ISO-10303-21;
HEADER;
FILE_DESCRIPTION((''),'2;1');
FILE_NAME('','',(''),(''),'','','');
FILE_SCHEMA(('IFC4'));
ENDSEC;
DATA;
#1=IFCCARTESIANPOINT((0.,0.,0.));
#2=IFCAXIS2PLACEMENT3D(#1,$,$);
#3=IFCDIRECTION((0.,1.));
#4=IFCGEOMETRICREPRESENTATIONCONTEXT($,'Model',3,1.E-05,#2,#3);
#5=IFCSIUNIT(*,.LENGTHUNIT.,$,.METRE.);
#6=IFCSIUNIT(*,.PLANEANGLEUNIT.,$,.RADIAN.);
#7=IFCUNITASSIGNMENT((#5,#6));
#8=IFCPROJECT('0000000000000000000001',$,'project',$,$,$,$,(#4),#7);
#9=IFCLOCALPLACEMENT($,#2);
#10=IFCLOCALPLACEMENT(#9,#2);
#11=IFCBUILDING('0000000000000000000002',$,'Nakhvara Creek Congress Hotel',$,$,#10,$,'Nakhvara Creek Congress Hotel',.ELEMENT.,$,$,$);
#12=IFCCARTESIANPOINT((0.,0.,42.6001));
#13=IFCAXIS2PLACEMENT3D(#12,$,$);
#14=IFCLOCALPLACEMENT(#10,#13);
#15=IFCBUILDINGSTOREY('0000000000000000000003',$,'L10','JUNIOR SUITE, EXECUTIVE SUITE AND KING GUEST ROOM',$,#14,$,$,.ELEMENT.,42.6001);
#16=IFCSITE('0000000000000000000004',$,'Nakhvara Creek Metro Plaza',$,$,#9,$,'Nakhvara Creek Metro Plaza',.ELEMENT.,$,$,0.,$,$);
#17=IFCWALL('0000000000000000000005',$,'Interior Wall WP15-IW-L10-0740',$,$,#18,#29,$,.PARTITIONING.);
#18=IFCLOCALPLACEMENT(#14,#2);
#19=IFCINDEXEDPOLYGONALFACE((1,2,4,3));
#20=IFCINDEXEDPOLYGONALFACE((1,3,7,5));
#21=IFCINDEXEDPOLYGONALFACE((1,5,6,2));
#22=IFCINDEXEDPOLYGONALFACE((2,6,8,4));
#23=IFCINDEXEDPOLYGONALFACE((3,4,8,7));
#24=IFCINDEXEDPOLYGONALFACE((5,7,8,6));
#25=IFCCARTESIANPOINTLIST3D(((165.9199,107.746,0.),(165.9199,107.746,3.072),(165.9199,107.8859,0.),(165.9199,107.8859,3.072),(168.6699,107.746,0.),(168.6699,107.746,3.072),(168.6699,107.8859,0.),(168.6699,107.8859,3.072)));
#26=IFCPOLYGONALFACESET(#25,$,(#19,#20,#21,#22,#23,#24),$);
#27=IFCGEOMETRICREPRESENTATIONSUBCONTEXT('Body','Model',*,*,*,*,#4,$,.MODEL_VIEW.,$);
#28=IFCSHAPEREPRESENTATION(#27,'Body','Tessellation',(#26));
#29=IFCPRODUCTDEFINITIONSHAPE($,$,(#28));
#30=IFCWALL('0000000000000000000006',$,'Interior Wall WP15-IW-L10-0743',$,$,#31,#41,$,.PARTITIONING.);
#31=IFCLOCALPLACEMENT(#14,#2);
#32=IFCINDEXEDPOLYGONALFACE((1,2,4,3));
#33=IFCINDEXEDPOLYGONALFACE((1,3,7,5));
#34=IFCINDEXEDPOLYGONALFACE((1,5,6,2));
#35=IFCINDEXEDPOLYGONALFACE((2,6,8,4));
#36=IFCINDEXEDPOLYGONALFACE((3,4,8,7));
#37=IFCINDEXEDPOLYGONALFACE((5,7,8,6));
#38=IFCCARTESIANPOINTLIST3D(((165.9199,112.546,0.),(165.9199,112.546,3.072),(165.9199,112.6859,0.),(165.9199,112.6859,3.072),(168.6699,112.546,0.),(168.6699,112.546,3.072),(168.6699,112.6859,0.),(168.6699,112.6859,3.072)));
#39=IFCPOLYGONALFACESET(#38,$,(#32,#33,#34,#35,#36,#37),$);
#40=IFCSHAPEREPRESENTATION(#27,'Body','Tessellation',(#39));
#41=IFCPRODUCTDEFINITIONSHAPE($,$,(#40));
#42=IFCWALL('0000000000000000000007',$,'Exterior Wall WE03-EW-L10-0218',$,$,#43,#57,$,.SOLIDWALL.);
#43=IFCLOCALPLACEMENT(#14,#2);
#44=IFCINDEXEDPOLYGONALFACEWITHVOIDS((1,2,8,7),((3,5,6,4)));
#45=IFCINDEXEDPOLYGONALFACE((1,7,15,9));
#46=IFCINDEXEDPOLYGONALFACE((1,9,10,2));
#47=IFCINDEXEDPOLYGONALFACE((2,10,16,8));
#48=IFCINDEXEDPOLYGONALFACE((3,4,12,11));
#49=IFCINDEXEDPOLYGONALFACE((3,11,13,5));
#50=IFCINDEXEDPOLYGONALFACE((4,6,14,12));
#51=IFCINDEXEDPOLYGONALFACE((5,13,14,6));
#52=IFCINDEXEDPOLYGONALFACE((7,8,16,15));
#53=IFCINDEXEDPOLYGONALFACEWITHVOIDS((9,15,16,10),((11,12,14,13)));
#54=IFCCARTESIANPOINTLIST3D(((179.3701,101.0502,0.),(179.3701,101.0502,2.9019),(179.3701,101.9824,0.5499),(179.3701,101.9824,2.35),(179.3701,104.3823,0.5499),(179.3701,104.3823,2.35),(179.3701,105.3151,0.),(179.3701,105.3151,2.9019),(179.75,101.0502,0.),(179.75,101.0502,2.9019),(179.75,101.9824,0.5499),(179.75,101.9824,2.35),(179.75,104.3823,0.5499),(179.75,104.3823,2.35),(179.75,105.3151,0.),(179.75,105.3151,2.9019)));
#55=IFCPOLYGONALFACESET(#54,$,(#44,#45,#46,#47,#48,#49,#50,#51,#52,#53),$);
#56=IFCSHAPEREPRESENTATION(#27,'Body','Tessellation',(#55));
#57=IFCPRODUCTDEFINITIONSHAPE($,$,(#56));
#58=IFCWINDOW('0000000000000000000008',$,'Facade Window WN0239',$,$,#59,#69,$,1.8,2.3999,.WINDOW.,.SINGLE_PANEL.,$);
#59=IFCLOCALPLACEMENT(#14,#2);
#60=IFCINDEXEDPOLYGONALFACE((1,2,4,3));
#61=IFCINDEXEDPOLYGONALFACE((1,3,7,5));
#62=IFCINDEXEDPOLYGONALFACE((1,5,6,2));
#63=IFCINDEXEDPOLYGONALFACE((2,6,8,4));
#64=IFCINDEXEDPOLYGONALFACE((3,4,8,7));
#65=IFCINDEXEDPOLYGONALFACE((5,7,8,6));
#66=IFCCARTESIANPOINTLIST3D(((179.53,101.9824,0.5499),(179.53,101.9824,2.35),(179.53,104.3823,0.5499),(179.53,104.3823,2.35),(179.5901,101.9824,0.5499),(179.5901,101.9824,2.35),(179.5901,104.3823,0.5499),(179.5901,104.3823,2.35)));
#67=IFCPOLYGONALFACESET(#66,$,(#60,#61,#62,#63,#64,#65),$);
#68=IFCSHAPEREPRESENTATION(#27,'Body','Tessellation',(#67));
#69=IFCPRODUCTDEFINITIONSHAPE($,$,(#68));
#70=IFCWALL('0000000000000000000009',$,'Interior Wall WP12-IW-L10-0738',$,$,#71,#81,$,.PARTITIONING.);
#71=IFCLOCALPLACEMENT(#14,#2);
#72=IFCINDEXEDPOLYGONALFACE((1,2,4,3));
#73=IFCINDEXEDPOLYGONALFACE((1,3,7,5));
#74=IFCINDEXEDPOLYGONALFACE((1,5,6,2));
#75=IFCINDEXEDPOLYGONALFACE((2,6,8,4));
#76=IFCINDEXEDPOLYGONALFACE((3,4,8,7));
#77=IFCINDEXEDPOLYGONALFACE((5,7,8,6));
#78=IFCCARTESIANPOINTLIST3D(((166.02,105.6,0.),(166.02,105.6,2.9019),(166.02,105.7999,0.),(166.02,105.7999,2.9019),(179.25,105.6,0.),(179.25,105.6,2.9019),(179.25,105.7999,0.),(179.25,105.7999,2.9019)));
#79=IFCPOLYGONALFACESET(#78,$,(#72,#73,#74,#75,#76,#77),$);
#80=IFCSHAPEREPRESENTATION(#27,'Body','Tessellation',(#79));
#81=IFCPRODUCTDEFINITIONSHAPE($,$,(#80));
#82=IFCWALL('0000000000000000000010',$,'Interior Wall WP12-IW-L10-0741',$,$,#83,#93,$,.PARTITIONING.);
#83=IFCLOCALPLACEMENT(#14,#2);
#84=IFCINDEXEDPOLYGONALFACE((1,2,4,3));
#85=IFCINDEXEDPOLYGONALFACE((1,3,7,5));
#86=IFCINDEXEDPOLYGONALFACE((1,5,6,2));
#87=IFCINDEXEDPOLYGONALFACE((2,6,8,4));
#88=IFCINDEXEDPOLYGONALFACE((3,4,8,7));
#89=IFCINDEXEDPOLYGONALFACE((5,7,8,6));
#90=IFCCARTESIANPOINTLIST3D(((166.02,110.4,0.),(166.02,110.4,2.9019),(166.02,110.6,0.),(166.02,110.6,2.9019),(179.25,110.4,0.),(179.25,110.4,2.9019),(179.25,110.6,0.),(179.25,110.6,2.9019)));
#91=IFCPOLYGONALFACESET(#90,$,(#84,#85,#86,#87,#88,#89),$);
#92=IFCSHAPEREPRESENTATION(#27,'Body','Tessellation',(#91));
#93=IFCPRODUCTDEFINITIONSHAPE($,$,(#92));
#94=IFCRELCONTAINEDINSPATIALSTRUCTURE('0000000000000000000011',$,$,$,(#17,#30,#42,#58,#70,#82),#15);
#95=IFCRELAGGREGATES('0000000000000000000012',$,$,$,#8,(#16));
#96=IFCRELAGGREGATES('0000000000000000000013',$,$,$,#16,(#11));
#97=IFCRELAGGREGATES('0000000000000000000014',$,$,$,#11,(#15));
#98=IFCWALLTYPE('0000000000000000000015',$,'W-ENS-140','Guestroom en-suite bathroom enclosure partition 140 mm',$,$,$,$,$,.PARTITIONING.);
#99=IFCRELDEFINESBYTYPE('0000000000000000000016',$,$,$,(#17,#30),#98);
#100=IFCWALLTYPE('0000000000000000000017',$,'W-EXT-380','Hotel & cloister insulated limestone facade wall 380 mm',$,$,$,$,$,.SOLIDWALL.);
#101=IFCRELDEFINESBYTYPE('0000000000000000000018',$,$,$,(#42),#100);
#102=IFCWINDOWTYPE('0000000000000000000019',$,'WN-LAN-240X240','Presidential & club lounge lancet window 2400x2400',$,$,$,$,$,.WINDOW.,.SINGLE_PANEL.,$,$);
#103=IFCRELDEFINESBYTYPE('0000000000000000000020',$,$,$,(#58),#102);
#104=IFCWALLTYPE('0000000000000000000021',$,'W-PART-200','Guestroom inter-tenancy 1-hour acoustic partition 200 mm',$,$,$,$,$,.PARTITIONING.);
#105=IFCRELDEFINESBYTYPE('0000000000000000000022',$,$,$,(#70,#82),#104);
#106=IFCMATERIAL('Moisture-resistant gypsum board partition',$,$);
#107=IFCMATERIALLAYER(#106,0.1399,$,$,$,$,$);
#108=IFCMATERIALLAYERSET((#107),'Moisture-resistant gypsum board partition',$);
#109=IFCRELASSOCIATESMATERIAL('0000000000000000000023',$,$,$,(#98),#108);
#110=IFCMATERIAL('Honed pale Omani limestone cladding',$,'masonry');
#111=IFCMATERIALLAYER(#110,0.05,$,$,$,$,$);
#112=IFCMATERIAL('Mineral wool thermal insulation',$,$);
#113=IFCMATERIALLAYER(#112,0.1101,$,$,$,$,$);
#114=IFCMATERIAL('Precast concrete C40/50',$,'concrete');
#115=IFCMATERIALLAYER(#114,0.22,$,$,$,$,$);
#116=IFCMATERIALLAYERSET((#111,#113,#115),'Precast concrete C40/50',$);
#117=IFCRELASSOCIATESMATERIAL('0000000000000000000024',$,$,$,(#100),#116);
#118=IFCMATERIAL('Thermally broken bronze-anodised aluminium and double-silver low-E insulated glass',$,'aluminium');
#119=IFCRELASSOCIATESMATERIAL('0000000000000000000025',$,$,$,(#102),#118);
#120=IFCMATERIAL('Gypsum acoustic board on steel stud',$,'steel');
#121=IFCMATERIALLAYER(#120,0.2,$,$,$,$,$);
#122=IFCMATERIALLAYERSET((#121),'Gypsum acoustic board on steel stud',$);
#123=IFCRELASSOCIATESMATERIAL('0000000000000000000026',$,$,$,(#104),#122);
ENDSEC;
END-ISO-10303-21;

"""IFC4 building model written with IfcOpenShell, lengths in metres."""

from ifc_helpers import new_model, si_unit, direction, frame, frame_2d, origin, place, context, subcontext, project, spatial, rectangle, extrude, material, layer, layer_set, type_object, element, fill, save


model = new_model("IFC4")

# Units and contexts
model_context = context("Model", 3, precision=1e-05, world=origin(), true_north=direction((0.0, 1.0)))
body_context = subcontext(model_context, "Body", "Model", "MODEL_VIEW")
ifc_project = project(units=[si_unit("LENGTHUNIT", "METRE"), si_unit("PLANEANGLEUNIT", "RADIAN")], contexts=[model_context])

# Site, building, storey
site_placement = place(None, origin())
site = spatial("IfcSite", under=ifc_project, at=site_placement, Name="Nakhvara Creek Metro Plaza", LongName="Nakhvara Creek Metro Plaza", CompositionType="ELEMENT", RefElevation=0.0)
building_placement = place(site_placement, origin())
building = spatial("IfcBuilding", under=site, at=building_placement, Name="Nakhvara Creek Congress Hotel", LongName="Nakhvara Creek Congress Hotel", CompositionType="ELEMENT")
storey_placement = place(building_placement, frame((0.0, 0.0, 42.6001)))
storey = spatial("IfcBuildingStorey", under=building, at=storey_placement, Name="L10", Description="JUNIOR SUITE, EXECUTIVE SUITE AND KING GUEST ROOM", CompositionType="ELEMENT", Elevation=42.6001)

# Shared definitions
ifc_material_1 = material(Name="Moisture-resistant gypsum board partition")
ifc_layer_1 = layer(ifc_material_1, 0.1399)
ifc_layer_set_1 = layer_set([ifc_layer_1], Name="Moisture-resistant gypsum board partition")
wall_type_1 = type_object("IfcWallType", Name="W-ENS-140", Description="Guestroom en-suite bathroom enclosure partition 140 mm", PredefinedType="PARTITIONING", material=ifc_layer_set_1)

# Wall
wall_1_placement = place(storey_placement, frame((165.9199, 107.8159, 0.0), z_axis=(0.0, 0.0, 1.0), x_axis=(1.0, 0.0, 0.0)))
element("IfcWall", 1, at=wall_1_placement, inside=storey, type_object=wall_type_1, Name="Interior Wall WP15-IW-L10-0740", PredefinedType="PARTITIONING", context=body_context, shape_type="SweptSolid", body=[
    extrude(rectangle(XDim=2.75, YDim=0.1399, at=frame_2d((1.375, 0.0))), origin(), (0.0, 0.0, 1.0), 3.072),
])

# Wall
wall_2_placement = place(storey_placement, frame((165.9199, 112.616, 0.0), z_axis=(0.0, 0.0, 1.0), x_axis=(1.0, 0.0, 0.0)))
element("IfcWall", 2, at=wall_2_placement, inside=storey, type_object=wall_type_1, Name="Interior Wall WP15-IW-L10-0743", PredefinedType="PARTITIONING", context=body_context, shape_type="SweptSolid", body=[
    extrude(rectangle(XDim=2.75, YDim=0.1399, at=frame_2d((1.375, 0.0))), origin(), (0.0, 0.0, 1.0), 3.072),
])

# Wall, opening, window
ifc_material_2 = material(Name="Honed pale Omani limestone cladding", Category="masonry")
ifc_layer_2 = layer(ifc_material_2, 0.05)
ifc_material_3 = material(Name="Mineral wool thermal insulation")
ifc_layer_3 = layer(ifc_material_3, 0.1101)
ifc_material_4 = material(Name="Precast concrete C40/50", Category="concrete")
ifc_layer_4 = layer(ifc_material_4, 0.22)
ifc_layer_set_2 = layer_set([ifc_layer_2, ifc_layer_3, ifc_layer_4], Name="Precast concrete C40/50")
wall_type_2 = type_object("IfcWallType", Name="W-EXT-380", Description="Hotel & cloister insulated limestone facade wall 380 mm", PredefinedType="SOLIDWALL", material=ifc_layer_set_2)
wall_3_placement = place(storey_placement, frame((179.5601, 105.3149, 0.0), z_axis=(0.0, 0.0, 1.0), x_axis=(0.0, -1.0, 0.0)))
wall_3 = element("IfcWall", 3, at=wall_3_placement, inside=storey, type_object=wall_type_2, Name="Exterior Wall WE03-EW-L10-0218", PredefinedType="SOLIDWALL", context=body_context, shape_type="SweptSolid", body=[
    extrude(rectangle(XDim=4.2649, YDim=0.3799, at=frame_2d((2.1323, 0.0))), origin(), (0.0, 0.0, 1.0), 2.9019),
])
opening_1_placement = place(wall_3_placement, frame((0.9326, 0.0, 0.55)))
opening_1 = element("IfcOpeningElement", 4, at=opening_1_placement, cuts=wall_3, PredefinedType="OPENING", context=body_context, shape_type="SweptSolid", body=[
    extrude(rectangle(XDim=2.3999, YDim=1.8, at=frame_2d((1.2, 0.8999))), frame((0.0, 0.2019, 0.0), z_axis=(0.0, -1.0, 0.0), x_axis=(1.0, 0.0, 0.0)), (0.0, 0.0, 1.0), 0.4038),
])
ifc_material_5 = material(Name="Thermally broken bronze-anodised aluminium and double-silver low-E insulated glass", Category="aluminium")
window_type = type_object("IfcWindowType", Name="WN-LAN-240X240", Description="Presidential & club lounge lancet window 2400x2400", PartitioningType="SINGLE_PANEL", PredefinedType="WINDOW", material=ifc_material_5)
window_placement = place(opening_1_placement, origin())
window = element("IfcWindow", 5, at=window_placement, inside=storey, type_object=window_type, Name="Facade Window WN0239", OverallHeight=1.8, OverallWidth=2.3999, PartitioningType="SINGLE_PANEL", PredefinedType="WINDOW", context=body_context, shape_type="SweptSolid", body=[
    extrude(rectangle(XDim=2.3999, YDim=1.8, at=frame_2d((1.2, 0.8999))), frame((0.0, 0.03, 0.0), z_axis=(0.0, -1.0, 0.0), x_axis=(1.0, 0.0, 0.0)), (0.0, 0.0, 1.0), 0.0601),
])
fill(opening_1, window)

# Walls
ifc_material_6 = material(Name="Gypsum acoustic board on steel stud", Category="steel")
ifc_layer_5 = layer(ifc_material_6, 0.2)
ifc_layer_set_3 = layer_set([ifc_layer_5], Name="Gypsum acoustic board on steel stud")
wall_type_3 = type_object("IfcWallType", Name="W-PART-200", Description="Guestroom inter-tenancy 1-hour acoustic partition 200 mm", PredefinedType="PARTITIONING", material=ifc_layer_set_3)
for number, where, z_axis, x_axis, name in (
    (6, (166.02, 105.7, 0.0), (0.0, 0.0, 1.0), (1.0, 0.0, 0.0), "Interior Wall WP12-IW-L10-0738"),
    (7, (166.02, 110.5, 0.0), (0.0, 0.0, 1.0), (1.0, 0.0, 0.0), "Interior Wall WP12-IW-L10-0741"),
):
    element("IfcWall", number, at=place(storey_placement, frame(where, z_axis=z_axis, x_axis=x_axis)), inside=storey, type_object=wall_type_3, Name=name, PredefinedType="PARTITIONING", context=body_context, shape_type="SweptSolid", body=[
        extrude(rectangle(XDim=13.23, YDim=0.2, at=frame_2d((6.615, 0.0))), origin(), (0.0, 0.0, 1.0), 2.9019),
    ])

save(model, "model.ifc")
